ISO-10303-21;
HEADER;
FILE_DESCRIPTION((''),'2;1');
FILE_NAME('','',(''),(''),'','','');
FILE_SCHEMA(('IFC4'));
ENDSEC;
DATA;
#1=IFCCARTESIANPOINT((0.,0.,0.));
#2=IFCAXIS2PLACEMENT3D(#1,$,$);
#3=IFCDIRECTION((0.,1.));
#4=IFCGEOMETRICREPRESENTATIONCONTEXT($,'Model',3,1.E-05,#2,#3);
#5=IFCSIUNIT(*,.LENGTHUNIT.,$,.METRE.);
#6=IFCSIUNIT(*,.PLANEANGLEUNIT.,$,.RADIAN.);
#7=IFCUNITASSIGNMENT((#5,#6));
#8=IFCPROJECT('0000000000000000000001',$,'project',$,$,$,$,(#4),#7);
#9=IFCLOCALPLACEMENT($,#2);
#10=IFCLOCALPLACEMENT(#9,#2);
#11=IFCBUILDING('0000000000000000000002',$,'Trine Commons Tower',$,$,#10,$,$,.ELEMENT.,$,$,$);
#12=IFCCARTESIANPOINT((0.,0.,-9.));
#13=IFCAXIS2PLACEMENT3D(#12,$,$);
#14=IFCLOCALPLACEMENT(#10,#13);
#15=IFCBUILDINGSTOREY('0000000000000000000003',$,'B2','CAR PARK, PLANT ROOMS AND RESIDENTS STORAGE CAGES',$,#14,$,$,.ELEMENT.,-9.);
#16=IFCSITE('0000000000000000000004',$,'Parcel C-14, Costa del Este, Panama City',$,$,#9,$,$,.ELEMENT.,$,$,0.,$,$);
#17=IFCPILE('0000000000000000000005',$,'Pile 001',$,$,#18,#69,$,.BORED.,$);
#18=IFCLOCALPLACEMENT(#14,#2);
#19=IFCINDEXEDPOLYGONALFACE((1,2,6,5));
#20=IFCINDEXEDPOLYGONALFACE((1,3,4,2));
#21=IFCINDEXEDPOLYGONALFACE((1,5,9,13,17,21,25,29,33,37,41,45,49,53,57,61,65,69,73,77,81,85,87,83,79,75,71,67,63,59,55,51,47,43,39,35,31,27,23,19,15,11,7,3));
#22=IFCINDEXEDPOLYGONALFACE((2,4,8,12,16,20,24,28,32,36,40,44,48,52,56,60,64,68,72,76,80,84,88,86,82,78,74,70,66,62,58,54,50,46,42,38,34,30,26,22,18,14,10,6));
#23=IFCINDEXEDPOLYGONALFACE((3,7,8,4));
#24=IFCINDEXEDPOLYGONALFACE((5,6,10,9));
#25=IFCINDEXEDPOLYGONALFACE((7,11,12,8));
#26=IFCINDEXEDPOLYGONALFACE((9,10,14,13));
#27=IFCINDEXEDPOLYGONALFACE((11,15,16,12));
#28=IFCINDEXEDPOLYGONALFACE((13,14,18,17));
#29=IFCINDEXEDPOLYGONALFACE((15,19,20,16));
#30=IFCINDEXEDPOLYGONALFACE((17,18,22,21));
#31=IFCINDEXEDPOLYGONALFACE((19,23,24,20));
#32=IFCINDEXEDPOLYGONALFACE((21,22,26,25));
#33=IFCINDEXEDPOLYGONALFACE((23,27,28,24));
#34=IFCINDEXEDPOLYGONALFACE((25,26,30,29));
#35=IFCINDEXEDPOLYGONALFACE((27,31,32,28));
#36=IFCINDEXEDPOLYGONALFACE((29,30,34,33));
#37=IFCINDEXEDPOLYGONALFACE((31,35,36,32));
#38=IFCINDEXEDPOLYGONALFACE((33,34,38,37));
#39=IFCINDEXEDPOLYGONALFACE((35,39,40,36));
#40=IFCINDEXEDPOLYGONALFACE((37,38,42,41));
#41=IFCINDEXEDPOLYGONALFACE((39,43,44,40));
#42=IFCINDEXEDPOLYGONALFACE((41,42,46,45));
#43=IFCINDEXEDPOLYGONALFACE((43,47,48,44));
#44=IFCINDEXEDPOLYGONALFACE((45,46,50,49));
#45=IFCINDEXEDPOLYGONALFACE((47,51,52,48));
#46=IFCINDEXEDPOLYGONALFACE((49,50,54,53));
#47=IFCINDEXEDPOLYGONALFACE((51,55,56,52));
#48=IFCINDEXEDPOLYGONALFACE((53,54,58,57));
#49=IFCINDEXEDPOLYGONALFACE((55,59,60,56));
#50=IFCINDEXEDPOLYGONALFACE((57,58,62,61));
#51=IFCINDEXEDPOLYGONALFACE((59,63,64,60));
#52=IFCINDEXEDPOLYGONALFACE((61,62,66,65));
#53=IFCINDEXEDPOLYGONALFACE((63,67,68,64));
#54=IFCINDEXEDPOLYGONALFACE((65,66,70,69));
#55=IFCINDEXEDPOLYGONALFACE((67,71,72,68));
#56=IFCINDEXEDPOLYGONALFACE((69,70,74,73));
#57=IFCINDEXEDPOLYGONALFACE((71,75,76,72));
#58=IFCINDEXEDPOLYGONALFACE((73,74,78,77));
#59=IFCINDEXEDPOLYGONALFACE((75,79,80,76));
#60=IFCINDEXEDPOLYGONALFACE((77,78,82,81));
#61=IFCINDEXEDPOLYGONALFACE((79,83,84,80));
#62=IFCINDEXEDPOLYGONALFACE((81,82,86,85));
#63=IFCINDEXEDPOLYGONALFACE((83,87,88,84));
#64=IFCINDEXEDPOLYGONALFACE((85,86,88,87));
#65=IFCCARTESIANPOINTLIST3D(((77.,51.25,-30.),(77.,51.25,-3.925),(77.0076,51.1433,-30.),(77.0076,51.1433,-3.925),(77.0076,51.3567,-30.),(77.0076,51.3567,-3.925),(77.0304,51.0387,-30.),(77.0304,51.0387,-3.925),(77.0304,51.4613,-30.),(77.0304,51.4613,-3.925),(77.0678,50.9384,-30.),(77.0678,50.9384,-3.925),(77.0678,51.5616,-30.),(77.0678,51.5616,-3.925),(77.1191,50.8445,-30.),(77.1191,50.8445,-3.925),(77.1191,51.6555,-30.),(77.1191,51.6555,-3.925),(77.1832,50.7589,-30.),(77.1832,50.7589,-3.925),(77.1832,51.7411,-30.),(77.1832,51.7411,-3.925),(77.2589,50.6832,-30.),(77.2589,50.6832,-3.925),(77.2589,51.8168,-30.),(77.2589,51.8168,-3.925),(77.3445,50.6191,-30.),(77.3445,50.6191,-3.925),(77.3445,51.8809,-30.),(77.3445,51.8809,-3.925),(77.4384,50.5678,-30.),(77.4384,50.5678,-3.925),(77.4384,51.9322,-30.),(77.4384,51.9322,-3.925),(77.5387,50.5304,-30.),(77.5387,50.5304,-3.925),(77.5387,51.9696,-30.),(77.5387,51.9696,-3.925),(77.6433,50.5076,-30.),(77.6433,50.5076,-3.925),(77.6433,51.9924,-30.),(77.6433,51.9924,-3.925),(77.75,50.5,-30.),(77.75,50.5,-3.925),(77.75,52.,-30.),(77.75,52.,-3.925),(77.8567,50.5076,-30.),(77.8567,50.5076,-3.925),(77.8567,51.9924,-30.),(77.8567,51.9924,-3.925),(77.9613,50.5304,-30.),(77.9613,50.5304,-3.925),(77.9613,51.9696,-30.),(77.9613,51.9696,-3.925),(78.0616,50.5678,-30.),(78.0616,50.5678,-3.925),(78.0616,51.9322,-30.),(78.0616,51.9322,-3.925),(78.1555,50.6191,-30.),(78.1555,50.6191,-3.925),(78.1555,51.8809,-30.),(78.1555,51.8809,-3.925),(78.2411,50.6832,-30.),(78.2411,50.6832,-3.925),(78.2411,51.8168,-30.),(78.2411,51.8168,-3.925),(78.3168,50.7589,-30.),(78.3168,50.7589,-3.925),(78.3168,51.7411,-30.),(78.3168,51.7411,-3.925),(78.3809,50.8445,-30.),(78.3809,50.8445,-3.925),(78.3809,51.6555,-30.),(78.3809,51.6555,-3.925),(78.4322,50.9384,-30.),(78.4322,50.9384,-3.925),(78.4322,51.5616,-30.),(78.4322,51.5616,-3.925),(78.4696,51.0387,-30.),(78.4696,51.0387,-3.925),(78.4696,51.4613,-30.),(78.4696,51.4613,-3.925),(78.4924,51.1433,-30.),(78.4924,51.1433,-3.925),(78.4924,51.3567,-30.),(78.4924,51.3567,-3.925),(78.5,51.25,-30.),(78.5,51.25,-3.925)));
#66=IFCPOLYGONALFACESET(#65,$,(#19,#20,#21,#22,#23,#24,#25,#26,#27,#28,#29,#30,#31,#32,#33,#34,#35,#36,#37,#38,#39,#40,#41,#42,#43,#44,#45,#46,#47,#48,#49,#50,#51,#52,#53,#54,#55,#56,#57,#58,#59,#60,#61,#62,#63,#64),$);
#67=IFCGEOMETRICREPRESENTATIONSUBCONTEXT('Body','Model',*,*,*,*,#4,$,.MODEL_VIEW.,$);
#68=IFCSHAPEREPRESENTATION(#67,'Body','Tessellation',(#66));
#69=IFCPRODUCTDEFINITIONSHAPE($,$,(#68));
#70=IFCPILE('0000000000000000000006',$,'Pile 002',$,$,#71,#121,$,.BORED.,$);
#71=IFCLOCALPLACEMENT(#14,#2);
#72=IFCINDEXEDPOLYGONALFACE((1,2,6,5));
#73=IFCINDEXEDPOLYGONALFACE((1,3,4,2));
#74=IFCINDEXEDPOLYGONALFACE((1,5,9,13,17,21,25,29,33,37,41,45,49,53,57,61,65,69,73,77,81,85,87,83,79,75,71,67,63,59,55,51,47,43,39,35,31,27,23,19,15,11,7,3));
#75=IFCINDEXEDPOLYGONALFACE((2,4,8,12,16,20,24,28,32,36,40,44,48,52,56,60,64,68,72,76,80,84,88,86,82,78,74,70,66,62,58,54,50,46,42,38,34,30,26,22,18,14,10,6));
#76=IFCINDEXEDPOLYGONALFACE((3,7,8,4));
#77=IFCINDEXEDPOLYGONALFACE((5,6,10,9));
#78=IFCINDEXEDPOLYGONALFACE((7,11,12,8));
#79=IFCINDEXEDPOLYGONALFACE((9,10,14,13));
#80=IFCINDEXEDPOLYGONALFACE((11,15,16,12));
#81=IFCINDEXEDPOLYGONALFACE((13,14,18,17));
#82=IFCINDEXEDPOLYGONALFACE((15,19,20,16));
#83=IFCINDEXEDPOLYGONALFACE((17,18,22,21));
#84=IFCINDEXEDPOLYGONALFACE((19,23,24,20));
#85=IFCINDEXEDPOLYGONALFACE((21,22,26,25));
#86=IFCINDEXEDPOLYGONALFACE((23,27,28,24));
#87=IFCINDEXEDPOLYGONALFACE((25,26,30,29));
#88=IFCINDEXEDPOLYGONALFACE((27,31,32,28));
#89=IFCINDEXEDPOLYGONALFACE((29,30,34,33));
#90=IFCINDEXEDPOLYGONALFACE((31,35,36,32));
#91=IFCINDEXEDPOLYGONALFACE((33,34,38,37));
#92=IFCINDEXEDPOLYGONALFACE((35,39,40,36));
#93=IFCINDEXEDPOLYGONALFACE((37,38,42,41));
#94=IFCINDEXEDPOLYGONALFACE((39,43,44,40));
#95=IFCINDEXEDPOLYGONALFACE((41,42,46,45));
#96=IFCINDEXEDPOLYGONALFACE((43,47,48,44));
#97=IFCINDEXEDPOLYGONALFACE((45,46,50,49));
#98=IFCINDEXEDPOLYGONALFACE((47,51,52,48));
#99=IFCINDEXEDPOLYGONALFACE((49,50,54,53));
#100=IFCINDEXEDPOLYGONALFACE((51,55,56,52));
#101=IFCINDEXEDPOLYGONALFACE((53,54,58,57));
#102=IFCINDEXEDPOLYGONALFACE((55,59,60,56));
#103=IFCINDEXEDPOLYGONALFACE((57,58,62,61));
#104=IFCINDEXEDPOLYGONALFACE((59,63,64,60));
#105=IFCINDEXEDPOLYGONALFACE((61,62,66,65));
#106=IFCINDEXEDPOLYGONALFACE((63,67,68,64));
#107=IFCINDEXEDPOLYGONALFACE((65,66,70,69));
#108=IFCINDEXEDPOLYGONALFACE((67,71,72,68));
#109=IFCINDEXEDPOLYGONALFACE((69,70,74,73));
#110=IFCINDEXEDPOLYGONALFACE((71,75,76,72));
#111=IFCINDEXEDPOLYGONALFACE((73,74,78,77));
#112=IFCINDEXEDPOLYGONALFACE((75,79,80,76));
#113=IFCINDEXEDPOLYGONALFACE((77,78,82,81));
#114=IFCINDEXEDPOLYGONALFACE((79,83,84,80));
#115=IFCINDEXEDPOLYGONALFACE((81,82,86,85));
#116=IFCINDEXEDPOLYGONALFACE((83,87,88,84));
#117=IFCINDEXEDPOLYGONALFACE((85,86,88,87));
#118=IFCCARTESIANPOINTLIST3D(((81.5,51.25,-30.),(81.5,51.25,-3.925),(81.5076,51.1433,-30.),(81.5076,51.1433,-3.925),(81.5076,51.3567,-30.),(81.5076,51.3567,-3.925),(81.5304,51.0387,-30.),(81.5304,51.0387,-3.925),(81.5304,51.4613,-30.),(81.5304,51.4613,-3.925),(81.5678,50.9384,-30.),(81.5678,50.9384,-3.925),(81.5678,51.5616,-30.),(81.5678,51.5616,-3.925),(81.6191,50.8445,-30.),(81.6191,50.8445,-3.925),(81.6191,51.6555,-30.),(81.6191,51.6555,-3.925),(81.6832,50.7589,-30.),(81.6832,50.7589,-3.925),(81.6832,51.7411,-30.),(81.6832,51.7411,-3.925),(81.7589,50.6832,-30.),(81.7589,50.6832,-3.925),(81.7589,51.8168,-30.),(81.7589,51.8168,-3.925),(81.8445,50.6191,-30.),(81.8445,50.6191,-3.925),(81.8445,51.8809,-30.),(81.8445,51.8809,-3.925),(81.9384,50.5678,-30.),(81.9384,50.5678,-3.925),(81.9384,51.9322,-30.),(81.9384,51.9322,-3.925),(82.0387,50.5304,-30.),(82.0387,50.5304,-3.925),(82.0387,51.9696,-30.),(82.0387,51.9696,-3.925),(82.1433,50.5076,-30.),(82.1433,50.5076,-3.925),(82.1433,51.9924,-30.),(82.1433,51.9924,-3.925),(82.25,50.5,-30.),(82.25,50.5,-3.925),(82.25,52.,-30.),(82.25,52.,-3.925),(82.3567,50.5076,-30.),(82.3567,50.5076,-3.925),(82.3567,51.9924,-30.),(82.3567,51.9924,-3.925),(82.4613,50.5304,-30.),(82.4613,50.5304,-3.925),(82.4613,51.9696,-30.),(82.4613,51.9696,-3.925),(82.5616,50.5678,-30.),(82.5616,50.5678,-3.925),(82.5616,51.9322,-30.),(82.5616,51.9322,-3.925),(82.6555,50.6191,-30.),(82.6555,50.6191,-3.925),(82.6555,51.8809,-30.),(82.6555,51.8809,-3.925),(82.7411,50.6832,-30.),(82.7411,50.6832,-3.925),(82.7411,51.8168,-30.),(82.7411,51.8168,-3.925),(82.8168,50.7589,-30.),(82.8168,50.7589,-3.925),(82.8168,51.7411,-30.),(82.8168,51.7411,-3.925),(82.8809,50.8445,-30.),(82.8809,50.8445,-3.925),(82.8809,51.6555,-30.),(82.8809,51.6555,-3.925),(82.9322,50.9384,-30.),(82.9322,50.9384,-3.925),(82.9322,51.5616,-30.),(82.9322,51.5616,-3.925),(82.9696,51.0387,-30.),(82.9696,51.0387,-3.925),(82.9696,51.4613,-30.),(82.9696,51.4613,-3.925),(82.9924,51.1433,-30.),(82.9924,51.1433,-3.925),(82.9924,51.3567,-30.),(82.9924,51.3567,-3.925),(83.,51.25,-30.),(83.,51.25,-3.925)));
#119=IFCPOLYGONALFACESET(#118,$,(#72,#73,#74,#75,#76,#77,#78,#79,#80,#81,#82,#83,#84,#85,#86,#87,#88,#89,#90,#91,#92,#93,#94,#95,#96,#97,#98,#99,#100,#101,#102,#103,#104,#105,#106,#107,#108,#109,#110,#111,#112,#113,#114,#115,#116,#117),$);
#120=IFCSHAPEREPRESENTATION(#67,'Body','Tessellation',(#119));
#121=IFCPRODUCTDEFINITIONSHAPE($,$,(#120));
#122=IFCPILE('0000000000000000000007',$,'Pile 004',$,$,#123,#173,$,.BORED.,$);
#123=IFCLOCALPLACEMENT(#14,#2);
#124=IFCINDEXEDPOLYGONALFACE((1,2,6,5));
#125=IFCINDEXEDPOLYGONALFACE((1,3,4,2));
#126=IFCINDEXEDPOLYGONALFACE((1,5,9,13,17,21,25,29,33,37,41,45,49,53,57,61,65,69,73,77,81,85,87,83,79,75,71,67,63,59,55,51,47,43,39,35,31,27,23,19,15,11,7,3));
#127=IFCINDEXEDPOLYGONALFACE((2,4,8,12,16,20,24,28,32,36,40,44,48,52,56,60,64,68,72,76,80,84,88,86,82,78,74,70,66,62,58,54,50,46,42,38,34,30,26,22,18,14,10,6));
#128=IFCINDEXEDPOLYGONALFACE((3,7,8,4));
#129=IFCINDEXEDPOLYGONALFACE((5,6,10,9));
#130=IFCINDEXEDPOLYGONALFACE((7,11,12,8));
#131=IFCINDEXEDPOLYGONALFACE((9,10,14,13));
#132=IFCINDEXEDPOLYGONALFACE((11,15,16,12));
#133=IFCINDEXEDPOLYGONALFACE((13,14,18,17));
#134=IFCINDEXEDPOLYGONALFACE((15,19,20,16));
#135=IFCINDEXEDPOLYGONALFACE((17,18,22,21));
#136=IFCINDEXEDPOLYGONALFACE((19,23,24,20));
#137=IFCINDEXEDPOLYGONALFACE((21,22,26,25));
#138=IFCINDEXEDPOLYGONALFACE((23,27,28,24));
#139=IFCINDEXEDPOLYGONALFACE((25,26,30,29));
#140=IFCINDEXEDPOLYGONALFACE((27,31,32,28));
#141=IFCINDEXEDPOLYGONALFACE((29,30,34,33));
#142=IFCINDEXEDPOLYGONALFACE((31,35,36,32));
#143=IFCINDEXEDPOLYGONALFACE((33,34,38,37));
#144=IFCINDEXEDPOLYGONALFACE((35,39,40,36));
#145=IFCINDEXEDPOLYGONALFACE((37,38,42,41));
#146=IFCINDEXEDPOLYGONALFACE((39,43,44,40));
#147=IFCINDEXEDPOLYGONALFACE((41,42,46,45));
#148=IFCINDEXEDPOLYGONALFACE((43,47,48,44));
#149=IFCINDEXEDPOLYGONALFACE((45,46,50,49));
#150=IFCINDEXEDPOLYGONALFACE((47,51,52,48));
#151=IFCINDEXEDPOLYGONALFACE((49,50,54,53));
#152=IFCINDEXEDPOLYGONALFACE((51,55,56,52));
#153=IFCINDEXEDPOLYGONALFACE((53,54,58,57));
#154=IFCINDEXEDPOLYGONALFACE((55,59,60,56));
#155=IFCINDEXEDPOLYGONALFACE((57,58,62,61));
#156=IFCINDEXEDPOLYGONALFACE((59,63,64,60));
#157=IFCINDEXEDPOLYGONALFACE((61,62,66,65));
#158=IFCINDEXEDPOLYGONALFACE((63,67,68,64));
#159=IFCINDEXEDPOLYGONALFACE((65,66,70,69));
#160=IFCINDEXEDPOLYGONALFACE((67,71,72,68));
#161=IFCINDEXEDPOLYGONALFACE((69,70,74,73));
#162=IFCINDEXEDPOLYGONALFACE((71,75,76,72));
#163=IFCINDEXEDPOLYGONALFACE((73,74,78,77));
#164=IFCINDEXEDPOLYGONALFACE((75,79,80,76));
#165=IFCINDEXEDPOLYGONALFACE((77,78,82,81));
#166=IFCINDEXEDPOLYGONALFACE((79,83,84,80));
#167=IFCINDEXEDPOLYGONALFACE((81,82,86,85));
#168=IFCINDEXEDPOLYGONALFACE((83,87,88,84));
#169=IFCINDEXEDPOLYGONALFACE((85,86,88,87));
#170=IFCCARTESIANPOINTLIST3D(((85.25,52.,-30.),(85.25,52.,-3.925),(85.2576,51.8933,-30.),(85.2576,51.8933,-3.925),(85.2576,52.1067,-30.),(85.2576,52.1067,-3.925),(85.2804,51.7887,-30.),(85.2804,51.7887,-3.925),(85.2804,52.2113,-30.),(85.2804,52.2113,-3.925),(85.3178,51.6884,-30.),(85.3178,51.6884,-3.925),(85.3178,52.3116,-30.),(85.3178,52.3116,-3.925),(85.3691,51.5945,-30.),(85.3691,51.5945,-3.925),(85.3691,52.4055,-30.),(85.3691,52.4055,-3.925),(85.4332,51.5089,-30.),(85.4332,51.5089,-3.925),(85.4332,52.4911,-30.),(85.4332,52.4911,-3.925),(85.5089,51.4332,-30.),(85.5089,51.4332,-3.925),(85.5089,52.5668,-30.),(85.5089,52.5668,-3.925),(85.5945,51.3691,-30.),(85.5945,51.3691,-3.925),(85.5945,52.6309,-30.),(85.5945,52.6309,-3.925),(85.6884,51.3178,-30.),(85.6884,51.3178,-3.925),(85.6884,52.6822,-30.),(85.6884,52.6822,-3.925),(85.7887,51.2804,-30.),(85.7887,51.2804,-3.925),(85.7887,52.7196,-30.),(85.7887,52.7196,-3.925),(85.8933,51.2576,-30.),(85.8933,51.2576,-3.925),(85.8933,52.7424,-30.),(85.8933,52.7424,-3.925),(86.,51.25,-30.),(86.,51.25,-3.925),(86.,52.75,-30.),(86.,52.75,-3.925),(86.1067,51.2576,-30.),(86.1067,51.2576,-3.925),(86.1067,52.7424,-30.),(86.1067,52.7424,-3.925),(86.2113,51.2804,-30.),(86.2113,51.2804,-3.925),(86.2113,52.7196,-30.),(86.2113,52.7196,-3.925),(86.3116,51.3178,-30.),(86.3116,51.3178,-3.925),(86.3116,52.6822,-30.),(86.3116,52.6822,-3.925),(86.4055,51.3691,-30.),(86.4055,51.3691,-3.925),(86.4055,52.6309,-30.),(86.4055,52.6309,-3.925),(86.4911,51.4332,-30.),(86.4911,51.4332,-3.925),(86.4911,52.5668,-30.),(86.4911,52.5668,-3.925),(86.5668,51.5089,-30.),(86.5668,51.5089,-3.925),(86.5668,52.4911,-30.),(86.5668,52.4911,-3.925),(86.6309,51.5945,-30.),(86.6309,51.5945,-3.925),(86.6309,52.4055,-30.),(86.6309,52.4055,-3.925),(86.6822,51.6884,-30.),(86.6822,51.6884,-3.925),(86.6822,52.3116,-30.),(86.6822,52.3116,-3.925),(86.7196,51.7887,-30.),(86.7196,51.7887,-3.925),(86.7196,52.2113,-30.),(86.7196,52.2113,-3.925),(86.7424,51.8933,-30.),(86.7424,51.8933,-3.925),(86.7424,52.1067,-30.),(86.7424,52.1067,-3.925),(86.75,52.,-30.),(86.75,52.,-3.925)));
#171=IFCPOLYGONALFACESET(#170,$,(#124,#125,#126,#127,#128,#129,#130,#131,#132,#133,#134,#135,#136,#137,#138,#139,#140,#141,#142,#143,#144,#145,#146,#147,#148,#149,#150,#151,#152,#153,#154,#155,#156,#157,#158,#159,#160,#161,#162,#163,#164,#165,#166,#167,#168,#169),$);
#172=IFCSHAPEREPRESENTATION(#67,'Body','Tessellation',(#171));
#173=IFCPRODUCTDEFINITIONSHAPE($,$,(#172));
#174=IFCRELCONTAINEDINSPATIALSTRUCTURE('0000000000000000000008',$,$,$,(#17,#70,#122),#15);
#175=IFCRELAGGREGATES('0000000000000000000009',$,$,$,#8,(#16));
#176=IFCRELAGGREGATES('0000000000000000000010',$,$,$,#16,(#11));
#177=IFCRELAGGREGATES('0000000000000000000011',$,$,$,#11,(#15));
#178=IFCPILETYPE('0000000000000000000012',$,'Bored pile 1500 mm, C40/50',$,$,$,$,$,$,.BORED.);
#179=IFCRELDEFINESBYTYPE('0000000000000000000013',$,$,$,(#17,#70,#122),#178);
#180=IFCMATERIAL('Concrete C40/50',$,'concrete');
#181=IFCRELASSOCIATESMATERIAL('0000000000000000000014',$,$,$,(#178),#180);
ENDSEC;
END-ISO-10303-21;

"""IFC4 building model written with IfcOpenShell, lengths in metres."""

from ifc_helpers import new_model, si_unit, direction, frame, origin, origin_2d, place, context, subcontext, project, spatial, circle, extrude, material, type_object, element, save


model = new_model("IFC4")

# Units and contexts
model_context = context("Model", 3, precision=1e-05, world=origin(), true_north=direction((0.0, 1.0)))
body_context = subcontext(model_context, "Body", "Model", "MODEL_VIEW")
ifc_project = project(units=[si_unit("LENGTHUNIT", "METRE"), si_unit("PLANEANGLEUNIT", "RADIAN")], contexts=[model_context])

# Site, building, storey
site_placement = place(None, origin())
site = spatial("IfcSite", under=ifc_project, at=site_placement, Name="Parcel C-14, Costa del Este, Panama City", CompositionType="ELEMENT", RefElevation=0.0)
building_placement = place(site_placement, origin())
building = spatial("IfcBuilding", under=site, at=building_placement, Name="Trine Commons Tower", CompositionType="ELEMENT")
storey_placement = place(building_placement, frame((0.0, 0.0, -9.0)))
storey = spatial("IfcBuildingStorey", under=building, at=storey_placement, Name="B2", Description="CAR PARK, PLANT ROOMS AND RESIDENTS STORAGE CAGES", CompositionType="ELEMENT", Elevation=-9.0)

# Piles
ifc_material_1 = material(Name="Concrete C40/50", Category="concrete")
pile_type = type_object("IfcPileType", Name="Bored pile 1500 mm, C40/50", PredefinedType="BORED", material=ifc_material_1)
for number, where, z_axis, x_axis, name in (
    (1, (77.75, 51.25, -3.925), (0.0, 0.0, -1.0), (1.0, 0.0, 0.0), "Pile 001"),
    (2, (82.25, 51.25, -3.925), (0.0, 0.0, -1.0), (1.0, 0.0, 0.0), "Pile 002"),
    (3, (86.0, 52.0, -3.925), (0.0, 0.0, -1.0), (1.0, 0.0, 0.0), "Pile 004"),
):
    element("IfcPile", number, at=place(storey_placement, frame(where, z_axis=z_axis, x_axis=x_axis)), inside=storey, type_object=pile_type, Name=name, PredefinedType="BORED", context=body_context, shape_type="SweptSolid", body=[
        extrude(circle(Radius=0.75, at=origin_2d()), origin(), (0.0, 0.0, 1.0), 26.075),
    ])

save(model, "model.ifc")
